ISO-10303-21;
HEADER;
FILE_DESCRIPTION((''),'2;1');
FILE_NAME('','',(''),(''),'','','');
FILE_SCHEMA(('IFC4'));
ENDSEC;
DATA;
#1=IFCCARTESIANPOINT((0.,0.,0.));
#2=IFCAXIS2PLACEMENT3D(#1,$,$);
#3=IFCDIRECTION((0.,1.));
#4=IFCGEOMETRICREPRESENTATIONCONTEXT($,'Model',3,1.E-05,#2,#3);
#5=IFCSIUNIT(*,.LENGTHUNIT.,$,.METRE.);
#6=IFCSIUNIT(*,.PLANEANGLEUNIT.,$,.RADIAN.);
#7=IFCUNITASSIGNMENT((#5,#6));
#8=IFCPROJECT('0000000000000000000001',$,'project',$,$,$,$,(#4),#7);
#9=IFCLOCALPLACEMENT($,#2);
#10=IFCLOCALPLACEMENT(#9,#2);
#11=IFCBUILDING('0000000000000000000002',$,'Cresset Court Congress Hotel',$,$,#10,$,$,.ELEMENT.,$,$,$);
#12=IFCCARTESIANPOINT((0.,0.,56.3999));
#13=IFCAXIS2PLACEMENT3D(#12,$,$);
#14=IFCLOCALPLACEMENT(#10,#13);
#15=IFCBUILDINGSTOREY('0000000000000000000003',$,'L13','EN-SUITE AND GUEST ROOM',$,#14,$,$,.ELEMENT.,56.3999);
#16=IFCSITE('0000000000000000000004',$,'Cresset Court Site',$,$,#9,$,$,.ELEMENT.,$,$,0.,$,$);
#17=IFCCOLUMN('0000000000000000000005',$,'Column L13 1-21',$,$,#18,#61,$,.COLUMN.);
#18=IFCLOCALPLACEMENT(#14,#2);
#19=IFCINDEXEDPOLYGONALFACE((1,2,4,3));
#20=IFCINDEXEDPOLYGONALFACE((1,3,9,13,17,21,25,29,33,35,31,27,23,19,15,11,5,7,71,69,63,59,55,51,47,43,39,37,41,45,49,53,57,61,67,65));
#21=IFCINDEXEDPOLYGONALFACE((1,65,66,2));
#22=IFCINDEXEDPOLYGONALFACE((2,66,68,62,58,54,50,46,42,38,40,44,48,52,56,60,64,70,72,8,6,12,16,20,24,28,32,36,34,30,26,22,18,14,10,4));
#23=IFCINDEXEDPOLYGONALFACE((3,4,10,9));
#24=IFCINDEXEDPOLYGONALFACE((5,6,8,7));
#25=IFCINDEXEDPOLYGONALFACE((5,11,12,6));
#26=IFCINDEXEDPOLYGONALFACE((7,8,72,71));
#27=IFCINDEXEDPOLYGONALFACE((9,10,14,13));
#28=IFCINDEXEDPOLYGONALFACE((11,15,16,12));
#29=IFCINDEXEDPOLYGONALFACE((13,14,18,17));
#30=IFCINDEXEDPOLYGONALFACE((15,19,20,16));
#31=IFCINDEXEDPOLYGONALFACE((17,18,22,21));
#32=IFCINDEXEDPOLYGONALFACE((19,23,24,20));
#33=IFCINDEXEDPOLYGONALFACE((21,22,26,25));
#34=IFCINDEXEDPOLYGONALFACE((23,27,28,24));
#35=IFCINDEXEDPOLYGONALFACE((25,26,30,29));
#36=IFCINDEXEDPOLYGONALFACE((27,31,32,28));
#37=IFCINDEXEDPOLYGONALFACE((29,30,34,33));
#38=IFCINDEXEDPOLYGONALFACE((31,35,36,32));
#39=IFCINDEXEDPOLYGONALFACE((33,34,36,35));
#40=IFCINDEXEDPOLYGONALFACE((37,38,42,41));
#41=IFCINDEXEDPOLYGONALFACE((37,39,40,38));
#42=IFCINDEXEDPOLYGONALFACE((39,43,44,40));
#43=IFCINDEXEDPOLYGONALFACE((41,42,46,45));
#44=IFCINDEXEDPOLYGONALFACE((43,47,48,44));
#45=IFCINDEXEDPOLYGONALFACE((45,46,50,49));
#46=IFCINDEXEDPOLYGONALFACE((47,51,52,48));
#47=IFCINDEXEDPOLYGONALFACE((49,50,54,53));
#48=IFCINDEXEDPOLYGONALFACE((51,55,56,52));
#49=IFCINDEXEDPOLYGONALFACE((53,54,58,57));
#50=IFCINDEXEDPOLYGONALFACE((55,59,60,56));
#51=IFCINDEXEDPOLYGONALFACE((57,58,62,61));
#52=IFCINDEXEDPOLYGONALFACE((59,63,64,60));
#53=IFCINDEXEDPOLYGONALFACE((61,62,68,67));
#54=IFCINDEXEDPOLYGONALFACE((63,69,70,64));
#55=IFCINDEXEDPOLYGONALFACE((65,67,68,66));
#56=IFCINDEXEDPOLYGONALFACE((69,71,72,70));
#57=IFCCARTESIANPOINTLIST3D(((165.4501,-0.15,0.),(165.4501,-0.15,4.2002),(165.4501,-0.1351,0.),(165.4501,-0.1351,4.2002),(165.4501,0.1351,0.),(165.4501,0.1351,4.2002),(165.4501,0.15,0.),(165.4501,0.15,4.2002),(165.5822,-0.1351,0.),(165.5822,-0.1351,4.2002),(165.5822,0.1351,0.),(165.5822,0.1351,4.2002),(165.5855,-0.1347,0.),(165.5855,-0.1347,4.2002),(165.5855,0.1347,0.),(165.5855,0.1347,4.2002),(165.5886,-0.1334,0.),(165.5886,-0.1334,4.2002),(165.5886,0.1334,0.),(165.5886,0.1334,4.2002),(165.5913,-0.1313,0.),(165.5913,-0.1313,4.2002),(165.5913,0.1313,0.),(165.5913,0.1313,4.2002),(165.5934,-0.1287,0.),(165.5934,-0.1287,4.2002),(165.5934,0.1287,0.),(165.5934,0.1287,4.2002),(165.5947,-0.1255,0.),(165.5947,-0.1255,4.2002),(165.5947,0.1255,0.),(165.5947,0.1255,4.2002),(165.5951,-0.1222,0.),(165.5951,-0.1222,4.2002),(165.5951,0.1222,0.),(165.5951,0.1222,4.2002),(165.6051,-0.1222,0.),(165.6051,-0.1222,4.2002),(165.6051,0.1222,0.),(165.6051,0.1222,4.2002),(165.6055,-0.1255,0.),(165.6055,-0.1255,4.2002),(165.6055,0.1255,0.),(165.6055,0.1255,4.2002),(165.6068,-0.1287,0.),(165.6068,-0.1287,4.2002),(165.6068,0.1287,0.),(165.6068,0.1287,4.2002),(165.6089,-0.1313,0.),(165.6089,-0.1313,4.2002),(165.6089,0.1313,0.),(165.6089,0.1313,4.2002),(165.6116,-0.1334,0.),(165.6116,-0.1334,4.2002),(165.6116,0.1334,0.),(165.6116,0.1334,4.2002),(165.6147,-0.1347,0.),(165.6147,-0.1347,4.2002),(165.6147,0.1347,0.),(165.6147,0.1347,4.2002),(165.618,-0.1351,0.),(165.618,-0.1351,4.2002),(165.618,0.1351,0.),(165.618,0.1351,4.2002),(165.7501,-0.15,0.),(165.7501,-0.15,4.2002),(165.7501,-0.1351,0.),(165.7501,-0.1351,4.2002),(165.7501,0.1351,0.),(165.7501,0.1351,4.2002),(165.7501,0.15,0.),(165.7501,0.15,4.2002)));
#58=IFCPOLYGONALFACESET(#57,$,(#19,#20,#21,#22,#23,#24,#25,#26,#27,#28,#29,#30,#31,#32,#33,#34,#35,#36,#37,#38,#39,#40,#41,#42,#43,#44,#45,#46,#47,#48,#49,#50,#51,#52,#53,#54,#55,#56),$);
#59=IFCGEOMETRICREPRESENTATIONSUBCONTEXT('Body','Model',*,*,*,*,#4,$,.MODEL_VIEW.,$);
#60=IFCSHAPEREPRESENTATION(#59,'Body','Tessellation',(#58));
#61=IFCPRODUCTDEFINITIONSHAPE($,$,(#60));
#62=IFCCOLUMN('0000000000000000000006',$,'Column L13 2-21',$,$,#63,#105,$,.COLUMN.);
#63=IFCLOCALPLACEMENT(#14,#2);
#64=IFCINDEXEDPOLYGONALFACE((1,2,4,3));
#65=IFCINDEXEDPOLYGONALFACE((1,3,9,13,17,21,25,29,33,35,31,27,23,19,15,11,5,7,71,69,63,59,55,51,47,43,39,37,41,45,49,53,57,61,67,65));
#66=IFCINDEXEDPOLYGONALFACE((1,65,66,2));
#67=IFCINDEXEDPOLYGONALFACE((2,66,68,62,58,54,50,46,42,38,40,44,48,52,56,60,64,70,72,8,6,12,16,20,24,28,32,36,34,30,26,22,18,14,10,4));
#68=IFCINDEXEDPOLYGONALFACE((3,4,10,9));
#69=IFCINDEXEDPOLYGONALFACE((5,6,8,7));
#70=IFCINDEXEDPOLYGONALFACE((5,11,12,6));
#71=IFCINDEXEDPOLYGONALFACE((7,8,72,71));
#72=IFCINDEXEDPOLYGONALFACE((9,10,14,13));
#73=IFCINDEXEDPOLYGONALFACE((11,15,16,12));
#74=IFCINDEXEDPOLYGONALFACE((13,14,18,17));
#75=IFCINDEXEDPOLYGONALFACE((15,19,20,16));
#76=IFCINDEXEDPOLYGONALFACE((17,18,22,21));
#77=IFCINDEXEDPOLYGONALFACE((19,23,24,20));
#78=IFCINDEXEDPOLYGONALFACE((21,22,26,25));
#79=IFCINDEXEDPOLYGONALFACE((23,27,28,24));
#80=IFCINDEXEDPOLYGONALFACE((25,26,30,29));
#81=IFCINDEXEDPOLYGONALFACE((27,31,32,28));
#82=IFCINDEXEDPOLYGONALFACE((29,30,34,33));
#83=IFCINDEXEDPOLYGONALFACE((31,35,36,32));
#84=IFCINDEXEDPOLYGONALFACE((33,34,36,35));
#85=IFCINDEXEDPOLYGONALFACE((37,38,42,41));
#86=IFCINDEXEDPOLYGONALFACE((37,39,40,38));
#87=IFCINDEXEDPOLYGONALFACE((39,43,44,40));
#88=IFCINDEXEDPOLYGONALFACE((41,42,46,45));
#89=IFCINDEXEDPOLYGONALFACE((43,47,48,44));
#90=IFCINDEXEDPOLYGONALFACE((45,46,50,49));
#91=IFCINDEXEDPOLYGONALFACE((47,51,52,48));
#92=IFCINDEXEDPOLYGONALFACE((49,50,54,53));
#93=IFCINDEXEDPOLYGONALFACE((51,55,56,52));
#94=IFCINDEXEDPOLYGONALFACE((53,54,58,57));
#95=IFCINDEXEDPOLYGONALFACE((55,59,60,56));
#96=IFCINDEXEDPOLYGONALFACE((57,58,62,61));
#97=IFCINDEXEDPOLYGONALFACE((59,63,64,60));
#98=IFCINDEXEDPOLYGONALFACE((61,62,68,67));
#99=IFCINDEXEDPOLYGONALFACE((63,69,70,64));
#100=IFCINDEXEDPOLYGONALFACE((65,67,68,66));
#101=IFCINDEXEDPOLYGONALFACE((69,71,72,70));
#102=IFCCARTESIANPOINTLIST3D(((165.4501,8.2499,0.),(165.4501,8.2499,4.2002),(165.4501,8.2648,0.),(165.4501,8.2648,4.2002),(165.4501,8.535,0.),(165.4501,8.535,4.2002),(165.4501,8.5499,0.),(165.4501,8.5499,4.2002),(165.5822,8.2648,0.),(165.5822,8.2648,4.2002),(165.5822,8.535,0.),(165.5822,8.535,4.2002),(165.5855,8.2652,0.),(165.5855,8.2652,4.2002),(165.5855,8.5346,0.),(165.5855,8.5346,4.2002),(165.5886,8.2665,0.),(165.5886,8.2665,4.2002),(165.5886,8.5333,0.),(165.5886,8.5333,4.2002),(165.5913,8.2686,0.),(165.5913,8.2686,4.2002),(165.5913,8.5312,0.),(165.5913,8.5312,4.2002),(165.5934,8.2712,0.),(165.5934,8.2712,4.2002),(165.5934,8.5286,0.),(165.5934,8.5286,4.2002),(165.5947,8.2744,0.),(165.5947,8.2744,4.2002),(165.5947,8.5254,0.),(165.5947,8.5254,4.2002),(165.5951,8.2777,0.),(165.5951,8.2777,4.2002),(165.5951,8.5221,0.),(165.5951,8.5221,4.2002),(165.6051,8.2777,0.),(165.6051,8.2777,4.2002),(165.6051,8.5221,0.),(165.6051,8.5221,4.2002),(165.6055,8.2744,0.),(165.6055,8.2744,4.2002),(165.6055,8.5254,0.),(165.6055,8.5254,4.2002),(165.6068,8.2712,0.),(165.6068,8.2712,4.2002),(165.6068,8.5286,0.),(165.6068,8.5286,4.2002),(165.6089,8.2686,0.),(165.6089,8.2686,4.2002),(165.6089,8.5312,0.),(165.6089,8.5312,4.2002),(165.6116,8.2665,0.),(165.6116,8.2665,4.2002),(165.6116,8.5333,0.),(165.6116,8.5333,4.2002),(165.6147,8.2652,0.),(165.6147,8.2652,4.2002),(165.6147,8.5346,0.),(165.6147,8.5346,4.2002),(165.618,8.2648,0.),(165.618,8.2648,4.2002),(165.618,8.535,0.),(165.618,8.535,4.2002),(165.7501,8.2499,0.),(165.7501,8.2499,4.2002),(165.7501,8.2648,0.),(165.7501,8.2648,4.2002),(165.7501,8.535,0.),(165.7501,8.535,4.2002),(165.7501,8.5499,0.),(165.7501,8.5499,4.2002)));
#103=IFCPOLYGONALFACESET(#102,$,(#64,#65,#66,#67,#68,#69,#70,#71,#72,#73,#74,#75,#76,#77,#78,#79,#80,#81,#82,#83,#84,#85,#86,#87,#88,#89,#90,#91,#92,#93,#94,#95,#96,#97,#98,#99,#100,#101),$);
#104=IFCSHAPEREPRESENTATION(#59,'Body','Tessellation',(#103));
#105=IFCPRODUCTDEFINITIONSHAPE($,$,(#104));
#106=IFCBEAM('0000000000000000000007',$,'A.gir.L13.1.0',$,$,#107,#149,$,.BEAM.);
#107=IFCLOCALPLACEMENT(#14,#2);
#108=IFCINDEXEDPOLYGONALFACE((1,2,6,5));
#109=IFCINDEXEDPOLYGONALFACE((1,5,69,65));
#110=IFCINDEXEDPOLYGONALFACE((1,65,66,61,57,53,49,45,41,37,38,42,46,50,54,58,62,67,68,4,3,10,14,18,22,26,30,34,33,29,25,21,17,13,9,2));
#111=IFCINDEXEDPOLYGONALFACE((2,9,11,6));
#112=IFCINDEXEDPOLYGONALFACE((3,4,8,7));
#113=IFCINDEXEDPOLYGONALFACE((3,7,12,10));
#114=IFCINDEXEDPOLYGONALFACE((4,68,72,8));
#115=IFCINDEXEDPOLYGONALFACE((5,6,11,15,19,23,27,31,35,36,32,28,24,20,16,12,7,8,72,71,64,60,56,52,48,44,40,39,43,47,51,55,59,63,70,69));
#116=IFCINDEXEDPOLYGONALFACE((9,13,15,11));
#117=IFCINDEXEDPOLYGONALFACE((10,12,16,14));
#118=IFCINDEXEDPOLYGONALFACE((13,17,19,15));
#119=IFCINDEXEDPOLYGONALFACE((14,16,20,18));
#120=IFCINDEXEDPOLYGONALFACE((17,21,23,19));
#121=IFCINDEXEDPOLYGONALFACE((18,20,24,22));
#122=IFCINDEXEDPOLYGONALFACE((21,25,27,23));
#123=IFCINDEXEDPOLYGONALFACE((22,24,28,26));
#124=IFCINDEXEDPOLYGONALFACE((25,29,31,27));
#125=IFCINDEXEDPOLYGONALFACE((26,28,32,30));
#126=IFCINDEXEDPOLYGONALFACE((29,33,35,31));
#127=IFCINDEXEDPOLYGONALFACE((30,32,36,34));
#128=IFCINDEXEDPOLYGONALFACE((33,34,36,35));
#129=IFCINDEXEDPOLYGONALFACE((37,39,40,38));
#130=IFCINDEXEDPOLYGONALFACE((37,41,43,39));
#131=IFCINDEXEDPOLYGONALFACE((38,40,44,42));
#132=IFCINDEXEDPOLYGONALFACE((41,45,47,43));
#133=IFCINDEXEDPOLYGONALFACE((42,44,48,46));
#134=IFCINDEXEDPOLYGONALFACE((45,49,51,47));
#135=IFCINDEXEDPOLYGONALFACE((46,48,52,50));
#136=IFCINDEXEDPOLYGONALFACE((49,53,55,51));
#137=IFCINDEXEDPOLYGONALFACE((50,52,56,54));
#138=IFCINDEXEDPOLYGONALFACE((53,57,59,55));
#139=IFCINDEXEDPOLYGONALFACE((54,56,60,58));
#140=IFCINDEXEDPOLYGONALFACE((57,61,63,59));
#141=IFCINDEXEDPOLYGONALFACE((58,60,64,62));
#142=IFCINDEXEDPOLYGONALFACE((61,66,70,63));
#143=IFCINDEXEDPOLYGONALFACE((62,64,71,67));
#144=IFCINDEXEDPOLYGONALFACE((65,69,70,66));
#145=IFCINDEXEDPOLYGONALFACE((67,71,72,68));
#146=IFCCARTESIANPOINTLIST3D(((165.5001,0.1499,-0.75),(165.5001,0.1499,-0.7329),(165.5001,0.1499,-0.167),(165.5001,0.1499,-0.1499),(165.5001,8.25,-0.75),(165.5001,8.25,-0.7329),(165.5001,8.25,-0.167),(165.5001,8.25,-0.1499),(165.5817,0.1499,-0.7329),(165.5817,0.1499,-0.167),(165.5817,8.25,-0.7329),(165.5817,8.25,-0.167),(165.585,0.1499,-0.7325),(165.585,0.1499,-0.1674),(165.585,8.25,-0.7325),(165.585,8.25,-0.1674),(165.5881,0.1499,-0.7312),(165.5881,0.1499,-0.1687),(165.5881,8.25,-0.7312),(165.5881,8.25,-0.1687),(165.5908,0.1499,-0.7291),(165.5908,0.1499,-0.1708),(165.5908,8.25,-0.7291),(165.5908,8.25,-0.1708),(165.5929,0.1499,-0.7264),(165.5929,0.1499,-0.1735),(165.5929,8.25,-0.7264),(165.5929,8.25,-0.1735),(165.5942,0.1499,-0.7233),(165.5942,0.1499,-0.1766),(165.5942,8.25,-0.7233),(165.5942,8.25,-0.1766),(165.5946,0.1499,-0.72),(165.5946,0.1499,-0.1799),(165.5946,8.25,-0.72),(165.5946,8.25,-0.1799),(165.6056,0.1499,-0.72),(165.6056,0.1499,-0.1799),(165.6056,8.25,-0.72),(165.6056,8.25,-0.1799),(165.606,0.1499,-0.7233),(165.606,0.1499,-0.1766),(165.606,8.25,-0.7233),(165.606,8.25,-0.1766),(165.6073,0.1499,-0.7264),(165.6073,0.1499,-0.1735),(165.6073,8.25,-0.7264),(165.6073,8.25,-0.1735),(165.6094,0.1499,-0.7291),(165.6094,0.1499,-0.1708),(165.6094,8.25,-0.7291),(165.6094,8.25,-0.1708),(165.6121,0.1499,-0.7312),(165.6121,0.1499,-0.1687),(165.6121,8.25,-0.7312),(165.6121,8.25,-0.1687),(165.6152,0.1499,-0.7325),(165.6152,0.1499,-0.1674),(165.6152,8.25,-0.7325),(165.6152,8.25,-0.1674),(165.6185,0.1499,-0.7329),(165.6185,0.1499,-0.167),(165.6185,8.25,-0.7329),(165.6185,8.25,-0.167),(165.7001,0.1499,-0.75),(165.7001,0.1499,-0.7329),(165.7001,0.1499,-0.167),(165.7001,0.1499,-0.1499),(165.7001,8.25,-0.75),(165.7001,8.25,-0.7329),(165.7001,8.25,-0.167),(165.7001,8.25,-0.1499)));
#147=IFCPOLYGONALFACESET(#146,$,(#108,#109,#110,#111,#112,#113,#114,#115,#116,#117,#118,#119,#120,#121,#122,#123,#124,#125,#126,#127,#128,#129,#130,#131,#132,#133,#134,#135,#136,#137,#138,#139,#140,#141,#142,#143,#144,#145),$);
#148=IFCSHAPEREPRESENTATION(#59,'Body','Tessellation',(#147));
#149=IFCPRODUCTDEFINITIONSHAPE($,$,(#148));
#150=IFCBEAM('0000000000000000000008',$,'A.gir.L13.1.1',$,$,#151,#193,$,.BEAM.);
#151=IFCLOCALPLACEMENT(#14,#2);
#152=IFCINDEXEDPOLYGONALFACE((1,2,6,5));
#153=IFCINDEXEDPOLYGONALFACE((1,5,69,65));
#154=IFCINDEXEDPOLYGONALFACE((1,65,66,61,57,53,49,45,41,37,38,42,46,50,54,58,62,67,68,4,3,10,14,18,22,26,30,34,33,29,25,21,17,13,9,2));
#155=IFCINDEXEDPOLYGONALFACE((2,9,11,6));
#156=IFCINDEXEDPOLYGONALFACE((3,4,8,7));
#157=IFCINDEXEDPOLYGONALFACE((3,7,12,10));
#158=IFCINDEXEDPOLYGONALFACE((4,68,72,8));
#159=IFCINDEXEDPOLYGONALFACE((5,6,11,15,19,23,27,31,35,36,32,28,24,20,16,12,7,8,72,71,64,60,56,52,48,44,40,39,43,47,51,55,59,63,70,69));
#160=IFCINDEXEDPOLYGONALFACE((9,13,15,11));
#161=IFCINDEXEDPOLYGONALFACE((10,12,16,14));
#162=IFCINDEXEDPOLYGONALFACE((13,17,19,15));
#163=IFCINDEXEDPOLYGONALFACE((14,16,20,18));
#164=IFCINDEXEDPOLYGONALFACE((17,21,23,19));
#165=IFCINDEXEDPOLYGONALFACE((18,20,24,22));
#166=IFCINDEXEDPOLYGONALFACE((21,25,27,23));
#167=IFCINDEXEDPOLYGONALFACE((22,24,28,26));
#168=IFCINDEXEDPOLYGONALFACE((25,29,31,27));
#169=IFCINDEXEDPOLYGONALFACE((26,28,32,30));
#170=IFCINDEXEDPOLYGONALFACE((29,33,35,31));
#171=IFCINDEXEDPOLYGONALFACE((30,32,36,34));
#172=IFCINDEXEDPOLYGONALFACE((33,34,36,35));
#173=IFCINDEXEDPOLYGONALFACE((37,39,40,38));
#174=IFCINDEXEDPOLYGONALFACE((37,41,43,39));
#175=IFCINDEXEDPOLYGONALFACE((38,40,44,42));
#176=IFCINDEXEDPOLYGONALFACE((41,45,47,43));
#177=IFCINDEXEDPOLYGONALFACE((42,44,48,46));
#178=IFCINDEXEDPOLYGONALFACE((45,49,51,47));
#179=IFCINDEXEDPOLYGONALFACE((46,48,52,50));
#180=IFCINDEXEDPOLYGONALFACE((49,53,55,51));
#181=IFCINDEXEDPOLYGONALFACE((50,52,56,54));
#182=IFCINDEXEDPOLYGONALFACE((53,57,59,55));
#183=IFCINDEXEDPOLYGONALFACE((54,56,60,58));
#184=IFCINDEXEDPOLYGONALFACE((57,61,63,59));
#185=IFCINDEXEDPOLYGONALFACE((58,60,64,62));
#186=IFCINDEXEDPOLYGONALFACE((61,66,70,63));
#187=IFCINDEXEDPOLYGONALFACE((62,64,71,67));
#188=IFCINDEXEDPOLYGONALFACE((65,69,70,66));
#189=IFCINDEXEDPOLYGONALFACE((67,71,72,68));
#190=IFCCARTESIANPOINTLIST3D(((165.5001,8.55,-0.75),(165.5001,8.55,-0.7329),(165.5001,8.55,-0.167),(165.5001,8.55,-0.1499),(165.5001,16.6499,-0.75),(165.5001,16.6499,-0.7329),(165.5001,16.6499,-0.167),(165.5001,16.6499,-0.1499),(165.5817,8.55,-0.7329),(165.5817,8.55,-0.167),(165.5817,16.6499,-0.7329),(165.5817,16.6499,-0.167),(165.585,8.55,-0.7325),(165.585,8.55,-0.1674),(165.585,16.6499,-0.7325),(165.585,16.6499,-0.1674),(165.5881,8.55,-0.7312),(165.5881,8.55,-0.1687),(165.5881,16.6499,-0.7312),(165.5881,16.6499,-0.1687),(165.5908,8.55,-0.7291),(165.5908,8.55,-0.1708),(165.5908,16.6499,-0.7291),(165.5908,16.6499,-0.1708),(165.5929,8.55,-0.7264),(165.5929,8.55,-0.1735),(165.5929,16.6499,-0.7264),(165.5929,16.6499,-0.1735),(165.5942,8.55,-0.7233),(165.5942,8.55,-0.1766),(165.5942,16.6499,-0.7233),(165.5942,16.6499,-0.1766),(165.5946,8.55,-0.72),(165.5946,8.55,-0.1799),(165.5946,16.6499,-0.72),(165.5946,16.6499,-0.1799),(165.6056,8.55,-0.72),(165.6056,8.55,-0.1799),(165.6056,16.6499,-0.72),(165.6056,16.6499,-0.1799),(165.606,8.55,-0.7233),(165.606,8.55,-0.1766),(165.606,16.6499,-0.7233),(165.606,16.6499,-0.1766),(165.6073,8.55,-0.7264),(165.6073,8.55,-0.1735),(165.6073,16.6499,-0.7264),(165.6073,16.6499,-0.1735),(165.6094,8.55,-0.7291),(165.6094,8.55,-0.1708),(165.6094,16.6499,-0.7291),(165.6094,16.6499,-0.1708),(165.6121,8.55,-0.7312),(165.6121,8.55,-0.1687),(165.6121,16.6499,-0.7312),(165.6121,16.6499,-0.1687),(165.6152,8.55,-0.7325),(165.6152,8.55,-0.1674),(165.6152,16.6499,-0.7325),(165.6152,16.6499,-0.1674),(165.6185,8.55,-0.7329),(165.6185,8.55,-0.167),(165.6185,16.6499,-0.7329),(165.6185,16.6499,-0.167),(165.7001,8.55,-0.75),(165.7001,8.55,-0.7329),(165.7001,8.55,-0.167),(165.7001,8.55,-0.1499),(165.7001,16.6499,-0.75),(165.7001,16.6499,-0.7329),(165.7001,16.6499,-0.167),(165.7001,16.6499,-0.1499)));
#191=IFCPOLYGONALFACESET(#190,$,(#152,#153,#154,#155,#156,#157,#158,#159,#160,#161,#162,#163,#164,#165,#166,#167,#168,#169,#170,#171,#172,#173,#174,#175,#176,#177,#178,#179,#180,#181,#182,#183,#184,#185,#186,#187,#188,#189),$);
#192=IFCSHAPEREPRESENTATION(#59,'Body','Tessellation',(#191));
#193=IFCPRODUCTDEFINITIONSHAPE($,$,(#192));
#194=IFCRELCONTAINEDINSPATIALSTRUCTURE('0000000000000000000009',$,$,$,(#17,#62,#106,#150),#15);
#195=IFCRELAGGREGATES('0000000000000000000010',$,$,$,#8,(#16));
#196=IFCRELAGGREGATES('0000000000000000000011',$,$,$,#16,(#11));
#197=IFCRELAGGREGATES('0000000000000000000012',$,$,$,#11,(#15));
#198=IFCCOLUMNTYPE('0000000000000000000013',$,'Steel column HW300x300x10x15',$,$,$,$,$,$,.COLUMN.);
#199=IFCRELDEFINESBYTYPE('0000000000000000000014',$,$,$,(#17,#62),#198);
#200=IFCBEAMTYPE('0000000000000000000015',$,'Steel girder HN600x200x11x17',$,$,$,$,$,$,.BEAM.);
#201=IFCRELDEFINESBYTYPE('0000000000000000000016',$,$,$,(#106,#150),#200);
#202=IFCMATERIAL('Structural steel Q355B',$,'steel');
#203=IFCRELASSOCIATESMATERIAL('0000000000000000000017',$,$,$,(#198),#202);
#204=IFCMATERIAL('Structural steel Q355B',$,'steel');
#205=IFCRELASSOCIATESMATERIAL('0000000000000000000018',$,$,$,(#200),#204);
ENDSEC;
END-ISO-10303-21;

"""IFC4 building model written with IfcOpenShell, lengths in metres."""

from ifc_helpers import new_model, si_unit, direction, frame, origin, origin_2d, place, context, subcontext, project, spatial, i_section, extrude, material, material_profile, profile_set, type_object, element, save


model = new_model("IFC4")

# Units and contexts
model_context = context("Model", 3, precision=1e-05, world=origin(), true_north=direction((0.0, 1.0)))
body_context = subcontext(model_context, "Body", "Model", "MODEL_VIEW")
ifc_project = project(units=[si_unit("LENGTHUNIT", "METRE"), si_unit("PLANEANGLEUNIT", "RADIAN")], contexts=[model_context])

# Site, building, storey
site_placement = place(None, origin())
site = spatial("IfcSite", under=ifc_project, at=site_placement, Name="Cresset Court Site", CompositionType="ELEMENT", RefElevation=0.0)
building_placement = place(site_placement, origin())
building = spatial("IfcBuilding", under=site, at=building_placement, Name="Cresset Court Congress Hotel", CompositionType="ELEMENT")
storey_placement = place(building_placement, frame((0.0, 0.0, 56.3999)))
storey = spatial("IfcBuildingStorey", under=building, at=storey_placement, Name="L13", Description="EN-SUITE AND GUEST ROOM", CompositionType="ELEMENT", Elevation=56.3999)

# Columns
ifc_material_1 = material(Name="Structural steel Q355B", Category="steel")
ifc_material_profile_1 = material_profile(ifc_material_1, i_section(OverallWidth=0.3, OverallDepth=0.3, WebThickness=0.01, FlangeThickness=0.0149, FilletRadius=0.0129, at=origin_2d()), Name="HW300x300x10x15")
ifc_profile_set_1 = profile_set([ifc_material_profile_1], Name="Structural steel Q355B")
column_type = type_object("IfcColumnType", Name="Steel column HW300x300x10x15", PredefinedType="COLUMN", material=ifc_profile_set_1)
for number, where, z_axis, x_axis, name in (
    (1, (165.6001, 0.0, 0.0), (0.0, 0.0, 1.0), (1.0, 0.0, 0.0), "Column L13 1-21"),
    (2, (165.6001, 8.3999, 0.0), (0.0, 0.0, 1.0), (1.0, 0.0, 0.0), "Column L13 2-21"),
):
    element("IfcColumn", number, at=place(storey_placement, frame(where, z_axis=z_axis, x_axis=x_axis)), inside=storey, type_object=column_type, Name=name, PredefinedType="COLUMN", context=body_context, shape_type="SweptSolid", body=[
        extrude(i_section(OverallWidth=0.3, OverallDepth=0.3, WebThickness=0.01, FlangeThickness=0.0149, FilletRadius=0.0129, at=origin_2d()), origin(), (0.0, 0.0, 1.0), 4.2002),
    ])

# Beams
ifc_material_2 = material(Name="Structural steel Q355B", Category="steel")
ifc_material_profile_2 = material_profile(ifc_material_2, i_section(OverallWidth=0.2, OverallDepth=0.6001, WebThickness=0.011, FlangeThickness=0.0171, FilletRadius=0.0129, at=origin_2d()), Name="HN600x200x11x17")
ifc_profile_set_2 = profile_set([ifc_material_profile_2], Name="Structural steel Q355B")
beam_type = type_object("IfcBeamType", Name="Steel girder HN600x200x11x17", PredefinedType="BEAM", material=ifc_profile_set_2)
beam_1_placement = place(storey_placement, frame((165.6001, 0.1499, -0.45), z_axis=(0.0, 1.0, 0.0), x_axis=(-1.0, 0.0, 0.0)))
element("IfcBeam", 3, at=beam_1_placement, inside=storey, type_object=beam_type, Name="A.gir.L13.1.0", PredefinedType="BEAM", context=body_context, shape_type="SweptSolid", body=[
    extrude(i_section(OverallWidth=0.2, OverallDepth=0.6001, WebThickness=0.011, FlangeThickness=0.0171, FilletRadius=0.0129, at=origin_2d()), origin(), (0.0, 0.0, 1.0), 8.1001),
])
beam_2_placement = place(storey_placement, frame((165.6001, 8.55, -0.45), z_axis=(0.0, 1.0, 0.0), x_axis=(-1.0, 0.0, 0.0)))
element("IfcBeam", 4, at=beam_2_placement, inside=storey, type_object=beam_type, Name="A.gir.L13.1.1", PredefinedType="BEAM", context=body_context, shape_type="SweptSolid", body=[
    extrude(i_section(OverallWidth=0.2, OverallDepth=0.6001, WebThickness=0.011, FlangeThickness=0.0171, FilletRadius=0.0129, at=origin_2d()), origin(), (0.0, 0.0, 1.0), 8.0999),
])

save(model, "model.ifc")
